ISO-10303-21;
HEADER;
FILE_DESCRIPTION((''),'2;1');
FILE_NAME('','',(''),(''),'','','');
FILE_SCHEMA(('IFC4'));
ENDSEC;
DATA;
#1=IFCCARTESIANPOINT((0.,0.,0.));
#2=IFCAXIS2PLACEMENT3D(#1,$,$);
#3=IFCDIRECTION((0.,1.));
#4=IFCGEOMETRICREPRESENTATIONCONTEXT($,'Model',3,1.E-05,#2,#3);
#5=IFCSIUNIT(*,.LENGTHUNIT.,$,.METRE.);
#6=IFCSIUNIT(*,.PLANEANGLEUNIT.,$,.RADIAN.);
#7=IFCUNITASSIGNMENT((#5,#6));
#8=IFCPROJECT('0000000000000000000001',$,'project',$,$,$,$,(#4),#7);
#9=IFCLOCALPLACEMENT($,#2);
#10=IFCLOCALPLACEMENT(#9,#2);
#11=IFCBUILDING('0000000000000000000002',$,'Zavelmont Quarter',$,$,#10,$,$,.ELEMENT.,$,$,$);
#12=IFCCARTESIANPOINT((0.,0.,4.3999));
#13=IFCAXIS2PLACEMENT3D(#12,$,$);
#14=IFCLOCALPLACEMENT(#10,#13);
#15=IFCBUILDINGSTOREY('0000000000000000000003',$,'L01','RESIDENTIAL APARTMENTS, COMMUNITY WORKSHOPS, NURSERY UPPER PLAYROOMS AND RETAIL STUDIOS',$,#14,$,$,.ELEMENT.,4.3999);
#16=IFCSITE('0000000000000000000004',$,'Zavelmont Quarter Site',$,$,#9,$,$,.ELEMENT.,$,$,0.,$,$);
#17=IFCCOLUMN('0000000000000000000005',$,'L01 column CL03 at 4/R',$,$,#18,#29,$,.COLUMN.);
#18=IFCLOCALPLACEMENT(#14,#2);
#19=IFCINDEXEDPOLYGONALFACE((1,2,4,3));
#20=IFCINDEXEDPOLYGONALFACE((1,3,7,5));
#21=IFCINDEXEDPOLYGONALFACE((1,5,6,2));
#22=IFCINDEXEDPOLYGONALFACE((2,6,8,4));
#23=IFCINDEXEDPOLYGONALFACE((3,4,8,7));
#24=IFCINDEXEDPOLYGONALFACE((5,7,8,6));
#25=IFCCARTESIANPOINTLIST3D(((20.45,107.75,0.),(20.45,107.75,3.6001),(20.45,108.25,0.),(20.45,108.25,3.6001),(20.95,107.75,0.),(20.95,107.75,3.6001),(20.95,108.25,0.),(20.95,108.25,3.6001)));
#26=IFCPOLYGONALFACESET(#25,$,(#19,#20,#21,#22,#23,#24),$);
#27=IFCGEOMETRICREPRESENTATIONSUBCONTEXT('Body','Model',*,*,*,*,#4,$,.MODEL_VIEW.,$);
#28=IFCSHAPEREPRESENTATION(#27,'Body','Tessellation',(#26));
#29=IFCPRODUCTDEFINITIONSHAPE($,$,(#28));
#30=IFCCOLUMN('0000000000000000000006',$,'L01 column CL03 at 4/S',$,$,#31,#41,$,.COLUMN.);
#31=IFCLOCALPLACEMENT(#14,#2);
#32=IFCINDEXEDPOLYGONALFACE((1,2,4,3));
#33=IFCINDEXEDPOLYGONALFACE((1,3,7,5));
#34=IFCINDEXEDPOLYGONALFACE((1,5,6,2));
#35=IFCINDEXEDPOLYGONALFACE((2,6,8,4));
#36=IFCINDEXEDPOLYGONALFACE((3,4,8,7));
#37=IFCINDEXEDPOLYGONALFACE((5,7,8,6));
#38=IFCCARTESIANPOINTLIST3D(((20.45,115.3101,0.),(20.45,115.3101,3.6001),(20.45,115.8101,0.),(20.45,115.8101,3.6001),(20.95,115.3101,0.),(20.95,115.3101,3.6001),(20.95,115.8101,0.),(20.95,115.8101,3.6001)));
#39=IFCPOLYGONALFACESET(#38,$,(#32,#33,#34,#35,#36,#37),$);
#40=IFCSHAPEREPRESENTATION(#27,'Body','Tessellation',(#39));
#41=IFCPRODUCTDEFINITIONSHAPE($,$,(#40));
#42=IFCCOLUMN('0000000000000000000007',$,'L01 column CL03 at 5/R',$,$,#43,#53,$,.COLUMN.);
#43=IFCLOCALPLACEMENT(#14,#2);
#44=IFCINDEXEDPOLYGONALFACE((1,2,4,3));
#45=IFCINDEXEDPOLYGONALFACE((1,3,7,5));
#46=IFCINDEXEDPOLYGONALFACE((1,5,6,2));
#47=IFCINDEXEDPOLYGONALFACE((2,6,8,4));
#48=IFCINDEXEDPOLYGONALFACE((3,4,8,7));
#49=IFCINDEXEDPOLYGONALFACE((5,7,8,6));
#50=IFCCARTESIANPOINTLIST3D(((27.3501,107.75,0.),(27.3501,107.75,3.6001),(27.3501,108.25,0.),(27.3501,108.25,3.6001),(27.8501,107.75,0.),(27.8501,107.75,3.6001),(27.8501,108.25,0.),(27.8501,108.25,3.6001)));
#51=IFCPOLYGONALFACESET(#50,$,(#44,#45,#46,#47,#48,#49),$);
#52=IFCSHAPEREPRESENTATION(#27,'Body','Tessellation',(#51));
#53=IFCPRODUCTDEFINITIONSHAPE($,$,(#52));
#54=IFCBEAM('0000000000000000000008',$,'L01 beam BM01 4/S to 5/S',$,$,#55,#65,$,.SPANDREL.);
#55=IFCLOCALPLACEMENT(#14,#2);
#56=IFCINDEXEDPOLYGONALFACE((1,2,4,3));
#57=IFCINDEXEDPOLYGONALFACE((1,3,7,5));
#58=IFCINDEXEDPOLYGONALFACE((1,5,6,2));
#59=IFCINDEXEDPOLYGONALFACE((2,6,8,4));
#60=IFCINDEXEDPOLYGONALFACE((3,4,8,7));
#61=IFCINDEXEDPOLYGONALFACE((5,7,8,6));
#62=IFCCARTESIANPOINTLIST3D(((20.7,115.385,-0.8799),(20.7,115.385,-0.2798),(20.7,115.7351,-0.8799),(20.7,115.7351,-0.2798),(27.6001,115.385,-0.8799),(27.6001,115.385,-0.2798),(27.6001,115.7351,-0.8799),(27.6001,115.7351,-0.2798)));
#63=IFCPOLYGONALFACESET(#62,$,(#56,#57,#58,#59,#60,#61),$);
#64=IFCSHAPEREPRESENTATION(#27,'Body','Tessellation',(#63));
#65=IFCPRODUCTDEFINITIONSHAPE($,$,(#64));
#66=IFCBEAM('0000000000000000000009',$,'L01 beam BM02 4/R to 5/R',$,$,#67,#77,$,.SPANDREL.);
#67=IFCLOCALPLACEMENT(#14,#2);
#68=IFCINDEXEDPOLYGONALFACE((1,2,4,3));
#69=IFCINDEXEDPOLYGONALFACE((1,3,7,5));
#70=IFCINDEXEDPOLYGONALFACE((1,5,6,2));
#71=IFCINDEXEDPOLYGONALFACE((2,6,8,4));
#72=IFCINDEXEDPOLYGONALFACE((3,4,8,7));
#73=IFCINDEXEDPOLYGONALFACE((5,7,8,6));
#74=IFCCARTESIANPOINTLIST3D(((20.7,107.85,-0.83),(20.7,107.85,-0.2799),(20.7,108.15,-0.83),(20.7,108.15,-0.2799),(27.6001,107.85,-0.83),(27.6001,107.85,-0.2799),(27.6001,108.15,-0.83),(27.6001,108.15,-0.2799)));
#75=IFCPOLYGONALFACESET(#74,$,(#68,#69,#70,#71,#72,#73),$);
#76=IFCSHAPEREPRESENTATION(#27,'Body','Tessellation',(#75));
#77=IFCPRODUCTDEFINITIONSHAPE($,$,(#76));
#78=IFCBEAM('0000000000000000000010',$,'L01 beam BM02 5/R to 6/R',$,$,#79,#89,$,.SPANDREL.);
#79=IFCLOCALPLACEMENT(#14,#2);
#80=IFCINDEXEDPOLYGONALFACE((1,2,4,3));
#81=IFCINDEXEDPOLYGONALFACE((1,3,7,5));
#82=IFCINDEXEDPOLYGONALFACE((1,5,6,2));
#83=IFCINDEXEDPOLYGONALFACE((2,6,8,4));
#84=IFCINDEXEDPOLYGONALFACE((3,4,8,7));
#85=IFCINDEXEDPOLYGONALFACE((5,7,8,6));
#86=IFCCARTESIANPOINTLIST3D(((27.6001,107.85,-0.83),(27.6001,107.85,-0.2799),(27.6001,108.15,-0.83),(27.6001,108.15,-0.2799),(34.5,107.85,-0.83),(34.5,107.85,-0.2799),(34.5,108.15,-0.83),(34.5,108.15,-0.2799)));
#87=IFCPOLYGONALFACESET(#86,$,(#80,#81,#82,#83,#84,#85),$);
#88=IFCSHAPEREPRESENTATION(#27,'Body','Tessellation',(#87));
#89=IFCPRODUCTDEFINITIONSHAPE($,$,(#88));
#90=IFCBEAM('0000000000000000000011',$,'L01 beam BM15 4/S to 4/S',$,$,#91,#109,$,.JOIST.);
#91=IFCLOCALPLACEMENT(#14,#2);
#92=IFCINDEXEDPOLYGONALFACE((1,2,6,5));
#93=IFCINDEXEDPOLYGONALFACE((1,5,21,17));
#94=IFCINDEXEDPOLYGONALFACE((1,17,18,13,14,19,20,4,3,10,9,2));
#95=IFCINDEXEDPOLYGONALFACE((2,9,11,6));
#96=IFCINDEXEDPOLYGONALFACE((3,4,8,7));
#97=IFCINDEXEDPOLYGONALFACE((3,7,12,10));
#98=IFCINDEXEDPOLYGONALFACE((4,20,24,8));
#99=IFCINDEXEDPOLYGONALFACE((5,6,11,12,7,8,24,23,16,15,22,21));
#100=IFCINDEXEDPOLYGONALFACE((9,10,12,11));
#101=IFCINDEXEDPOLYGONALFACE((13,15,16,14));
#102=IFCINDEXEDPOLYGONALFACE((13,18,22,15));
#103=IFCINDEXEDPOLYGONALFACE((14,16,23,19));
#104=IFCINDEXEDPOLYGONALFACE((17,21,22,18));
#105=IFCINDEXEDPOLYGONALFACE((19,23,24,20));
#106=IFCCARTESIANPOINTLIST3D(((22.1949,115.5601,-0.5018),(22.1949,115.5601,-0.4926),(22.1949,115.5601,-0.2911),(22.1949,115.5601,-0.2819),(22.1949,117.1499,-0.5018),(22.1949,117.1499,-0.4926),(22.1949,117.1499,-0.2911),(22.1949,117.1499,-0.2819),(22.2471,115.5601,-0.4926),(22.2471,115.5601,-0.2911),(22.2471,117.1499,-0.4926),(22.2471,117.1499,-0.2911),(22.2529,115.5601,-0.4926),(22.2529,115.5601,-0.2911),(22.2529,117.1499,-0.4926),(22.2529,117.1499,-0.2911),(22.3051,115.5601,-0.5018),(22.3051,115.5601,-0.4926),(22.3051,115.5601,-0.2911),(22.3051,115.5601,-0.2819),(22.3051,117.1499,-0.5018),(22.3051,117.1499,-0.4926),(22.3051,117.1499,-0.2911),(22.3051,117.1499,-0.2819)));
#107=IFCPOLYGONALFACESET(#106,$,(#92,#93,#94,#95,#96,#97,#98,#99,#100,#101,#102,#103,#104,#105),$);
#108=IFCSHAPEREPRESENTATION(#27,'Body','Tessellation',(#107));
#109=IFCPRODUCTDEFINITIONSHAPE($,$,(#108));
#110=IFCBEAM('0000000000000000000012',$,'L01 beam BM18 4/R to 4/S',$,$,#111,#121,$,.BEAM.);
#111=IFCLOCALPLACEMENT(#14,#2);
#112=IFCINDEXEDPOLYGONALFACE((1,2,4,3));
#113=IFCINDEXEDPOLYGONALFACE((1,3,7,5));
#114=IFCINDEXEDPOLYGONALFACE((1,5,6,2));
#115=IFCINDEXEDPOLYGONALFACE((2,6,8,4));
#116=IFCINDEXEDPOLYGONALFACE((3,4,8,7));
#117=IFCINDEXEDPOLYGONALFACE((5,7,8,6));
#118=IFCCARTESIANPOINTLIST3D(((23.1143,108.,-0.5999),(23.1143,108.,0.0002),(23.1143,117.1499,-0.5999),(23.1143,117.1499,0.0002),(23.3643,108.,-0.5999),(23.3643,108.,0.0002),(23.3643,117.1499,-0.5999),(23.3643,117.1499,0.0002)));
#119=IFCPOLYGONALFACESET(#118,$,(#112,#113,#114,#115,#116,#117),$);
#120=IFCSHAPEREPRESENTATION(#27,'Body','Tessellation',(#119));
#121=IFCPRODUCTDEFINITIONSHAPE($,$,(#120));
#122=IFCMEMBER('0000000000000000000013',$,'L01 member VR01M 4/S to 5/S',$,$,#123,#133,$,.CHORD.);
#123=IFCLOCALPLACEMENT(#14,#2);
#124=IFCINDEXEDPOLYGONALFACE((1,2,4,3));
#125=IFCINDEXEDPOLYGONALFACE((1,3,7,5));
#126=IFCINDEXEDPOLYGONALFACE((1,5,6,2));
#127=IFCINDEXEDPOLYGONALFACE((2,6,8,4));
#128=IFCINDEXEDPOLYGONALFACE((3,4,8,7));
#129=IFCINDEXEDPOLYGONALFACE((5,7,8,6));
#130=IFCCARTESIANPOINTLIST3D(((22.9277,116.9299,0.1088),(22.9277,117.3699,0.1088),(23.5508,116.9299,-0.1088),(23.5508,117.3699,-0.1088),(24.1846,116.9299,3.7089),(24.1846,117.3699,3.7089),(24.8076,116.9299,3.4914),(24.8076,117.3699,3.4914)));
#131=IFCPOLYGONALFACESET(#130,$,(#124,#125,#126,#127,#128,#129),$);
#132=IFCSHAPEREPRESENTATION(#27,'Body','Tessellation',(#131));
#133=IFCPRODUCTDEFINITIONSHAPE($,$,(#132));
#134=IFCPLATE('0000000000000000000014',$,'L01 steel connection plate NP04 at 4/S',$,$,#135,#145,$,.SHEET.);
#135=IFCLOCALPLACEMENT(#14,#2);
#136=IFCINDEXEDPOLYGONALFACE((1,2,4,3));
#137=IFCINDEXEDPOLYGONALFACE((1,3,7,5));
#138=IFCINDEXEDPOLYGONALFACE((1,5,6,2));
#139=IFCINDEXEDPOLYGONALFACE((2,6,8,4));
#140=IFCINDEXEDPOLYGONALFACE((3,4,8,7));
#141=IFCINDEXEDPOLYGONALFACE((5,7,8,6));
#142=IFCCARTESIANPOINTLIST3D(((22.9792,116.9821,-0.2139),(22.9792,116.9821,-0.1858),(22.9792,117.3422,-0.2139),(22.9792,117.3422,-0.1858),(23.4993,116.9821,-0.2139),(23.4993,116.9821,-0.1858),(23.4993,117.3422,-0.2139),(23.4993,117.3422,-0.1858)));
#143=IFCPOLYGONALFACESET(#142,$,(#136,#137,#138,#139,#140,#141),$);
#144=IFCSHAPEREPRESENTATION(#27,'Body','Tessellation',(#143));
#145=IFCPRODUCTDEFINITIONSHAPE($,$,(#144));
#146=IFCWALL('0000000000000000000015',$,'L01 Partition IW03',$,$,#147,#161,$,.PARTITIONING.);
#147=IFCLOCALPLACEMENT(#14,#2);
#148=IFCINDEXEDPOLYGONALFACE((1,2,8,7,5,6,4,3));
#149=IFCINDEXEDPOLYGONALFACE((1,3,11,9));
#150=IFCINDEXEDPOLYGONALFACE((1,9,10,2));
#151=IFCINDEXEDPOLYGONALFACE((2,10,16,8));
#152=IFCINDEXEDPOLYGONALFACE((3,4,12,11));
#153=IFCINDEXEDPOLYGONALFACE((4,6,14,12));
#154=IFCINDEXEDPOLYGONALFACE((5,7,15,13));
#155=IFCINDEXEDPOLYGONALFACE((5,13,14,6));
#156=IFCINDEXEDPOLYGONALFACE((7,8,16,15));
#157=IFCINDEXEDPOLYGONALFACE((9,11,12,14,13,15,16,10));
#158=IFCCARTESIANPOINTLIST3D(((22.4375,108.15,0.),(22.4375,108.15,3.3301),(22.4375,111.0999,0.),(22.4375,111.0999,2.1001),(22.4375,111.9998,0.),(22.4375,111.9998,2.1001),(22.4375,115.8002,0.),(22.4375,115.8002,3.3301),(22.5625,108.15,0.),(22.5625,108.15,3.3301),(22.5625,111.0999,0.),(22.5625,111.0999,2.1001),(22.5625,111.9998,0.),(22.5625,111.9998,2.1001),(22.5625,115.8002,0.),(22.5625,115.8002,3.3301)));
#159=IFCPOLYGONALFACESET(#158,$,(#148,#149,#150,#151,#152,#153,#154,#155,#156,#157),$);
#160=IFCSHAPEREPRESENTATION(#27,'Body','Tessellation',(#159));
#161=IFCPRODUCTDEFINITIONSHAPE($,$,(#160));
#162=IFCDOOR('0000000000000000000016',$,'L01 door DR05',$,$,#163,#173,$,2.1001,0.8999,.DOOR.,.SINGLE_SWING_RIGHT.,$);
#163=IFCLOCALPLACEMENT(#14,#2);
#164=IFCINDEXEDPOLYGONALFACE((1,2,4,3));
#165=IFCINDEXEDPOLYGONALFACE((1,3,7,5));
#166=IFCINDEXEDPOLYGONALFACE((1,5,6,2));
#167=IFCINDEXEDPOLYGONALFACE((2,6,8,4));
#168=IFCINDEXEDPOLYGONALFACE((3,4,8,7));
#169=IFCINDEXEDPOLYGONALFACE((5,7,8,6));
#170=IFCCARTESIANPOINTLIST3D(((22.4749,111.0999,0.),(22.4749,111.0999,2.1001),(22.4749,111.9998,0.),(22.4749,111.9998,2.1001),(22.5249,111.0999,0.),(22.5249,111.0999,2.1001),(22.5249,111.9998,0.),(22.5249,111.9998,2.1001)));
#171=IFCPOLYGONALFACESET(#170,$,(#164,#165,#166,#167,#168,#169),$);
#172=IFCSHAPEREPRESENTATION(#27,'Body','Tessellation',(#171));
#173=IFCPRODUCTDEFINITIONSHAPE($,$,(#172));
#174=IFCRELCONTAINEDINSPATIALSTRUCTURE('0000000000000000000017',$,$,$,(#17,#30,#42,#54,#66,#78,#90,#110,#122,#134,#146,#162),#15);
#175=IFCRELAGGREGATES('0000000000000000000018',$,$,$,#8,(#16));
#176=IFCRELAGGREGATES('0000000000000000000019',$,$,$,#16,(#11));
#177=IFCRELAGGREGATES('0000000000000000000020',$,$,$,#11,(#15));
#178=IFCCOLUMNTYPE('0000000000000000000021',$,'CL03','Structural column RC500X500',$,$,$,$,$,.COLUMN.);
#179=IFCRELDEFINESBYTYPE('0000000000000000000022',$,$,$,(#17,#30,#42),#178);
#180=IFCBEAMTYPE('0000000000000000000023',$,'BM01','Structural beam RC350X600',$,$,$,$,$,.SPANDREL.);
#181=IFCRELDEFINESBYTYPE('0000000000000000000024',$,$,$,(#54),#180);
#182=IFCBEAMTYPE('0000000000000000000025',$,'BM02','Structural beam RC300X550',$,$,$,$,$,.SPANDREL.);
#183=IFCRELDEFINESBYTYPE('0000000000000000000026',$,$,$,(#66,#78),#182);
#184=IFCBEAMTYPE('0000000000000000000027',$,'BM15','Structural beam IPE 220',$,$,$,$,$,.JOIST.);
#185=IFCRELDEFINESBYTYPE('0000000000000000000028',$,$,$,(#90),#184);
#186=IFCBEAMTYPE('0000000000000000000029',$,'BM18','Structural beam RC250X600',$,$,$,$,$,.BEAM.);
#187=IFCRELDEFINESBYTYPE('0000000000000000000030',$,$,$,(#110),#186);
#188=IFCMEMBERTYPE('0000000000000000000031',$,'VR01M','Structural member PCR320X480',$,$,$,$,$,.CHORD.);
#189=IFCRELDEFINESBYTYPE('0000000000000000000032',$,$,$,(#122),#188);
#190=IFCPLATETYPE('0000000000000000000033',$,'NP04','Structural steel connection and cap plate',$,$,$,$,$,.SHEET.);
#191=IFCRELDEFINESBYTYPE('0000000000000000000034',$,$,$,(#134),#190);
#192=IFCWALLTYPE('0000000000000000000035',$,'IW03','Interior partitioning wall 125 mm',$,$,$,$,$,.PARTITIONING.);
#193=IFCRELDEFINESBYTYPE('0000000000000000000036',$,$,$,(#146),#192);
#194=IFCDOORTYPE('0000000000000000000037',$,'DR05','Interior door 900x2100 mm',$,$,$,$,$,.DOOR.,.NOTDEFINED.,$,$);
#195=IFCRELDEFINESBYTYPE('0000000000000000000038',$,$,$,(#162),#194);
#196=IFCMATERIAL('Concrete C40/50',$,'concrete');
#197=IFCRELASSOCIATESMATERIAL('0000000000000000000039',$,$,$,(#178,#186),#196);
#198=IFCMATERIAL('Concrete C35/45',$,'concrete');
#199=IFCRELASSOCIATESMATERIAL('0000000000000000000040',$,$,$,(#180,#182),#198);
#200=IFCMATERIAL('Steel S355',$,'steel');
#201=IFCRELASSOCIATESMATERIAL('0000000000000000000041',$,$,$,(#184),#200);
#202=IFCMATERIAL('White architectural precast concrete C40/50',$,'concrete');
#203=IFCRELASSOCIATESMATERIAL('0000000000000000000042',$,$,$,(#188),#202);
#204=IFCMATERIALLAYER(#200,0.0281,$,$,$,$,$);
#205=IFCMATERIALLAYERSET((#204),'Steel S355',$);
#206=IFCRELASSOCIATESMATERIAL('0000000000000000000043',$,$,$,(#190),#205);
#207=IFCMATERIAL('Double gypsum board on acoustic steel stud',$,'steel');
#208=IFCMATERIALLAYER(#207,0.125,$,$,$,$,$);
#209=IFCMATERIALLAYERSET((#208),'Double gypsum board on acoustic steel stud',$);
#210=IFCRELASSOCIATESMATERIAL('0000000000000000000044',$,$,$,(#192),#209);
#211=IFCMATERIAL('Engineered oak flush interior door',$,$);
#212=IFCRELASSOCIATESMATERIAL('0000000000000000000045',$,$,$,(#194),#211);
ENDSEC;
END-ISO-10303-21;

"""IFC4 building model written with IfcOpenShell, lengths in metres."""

from ifc_helpers import new_model, si_unit, direction, frame, frame_2d, origin, origin_2d, place, context, subcontext, project, spatial, rectangle, i_section, extrude, material, layer, layer_set, material_profile, profile_set, type_object, element, fill, save


model = new_model("IFC4")

# Units and contexts
model_context = context("Model", 3, precision=1e-05, world=origin(), true_north=direction((0.0, 1.0)))
body_context = subcontext(model_context, "Body", "Model", "MODEL_VIEW")
ifc_project = project(units=[si_unit("LENGTHUNIT", "METRE"), si_unit("PLANEANGLEUNIT", "RADIAN")], contexts=[model_context])

# Site, building, storey
site_placement = place(None, origin())
site = spatial("IfcSite", under=ifc_project, at=site_placement, Name="Zavelmont Quarter Site", CompositionType="ELEMENT", RefElevation=0.0)
building_placement = place(site_placement, origin())
building = spatial("IfcBuilding", under=site, at=building_placement, Name="Zavelmont Quarter", CompositionType="ELEMENT")
storey_placement = place(building_placement, frame((0.0, 0.0, 4.3999)))
storey = spatial("IfcBuildingStorey", under=building, at=storey_placement, Name="L01", Description="RESIDENTIAL APARTMENTS, COMMUNITY WORKSHOPS, NURSERY UPPER PLAYROOMS AND RETAIL STUDIOS", CompositionType="ELEMENT", Elevation=4.3999)

# Columns
ifc_material_1 = material(Name="Concrete C40/50", Category="concrete")
ifc_material_profile_1 = material_profile(ifc_material_1, rectangle(XDim=0.5, YDim=0.5, at=origin_2d()), Name="RC500X500")
ifc_profile_set_1 = profile_set([ifc_material_profile_1], Name="Concrete C40/50")
column_type = type_object("IfcColumnType", Name="CL03", Description="Structural column RC500X500", PredefinedType="COLUMN", material=ifc_profile_set_1)
for number, where, z_axis, x_axis, name in (
    (1, (20.7, 108.0, 0.0), (0.0, 0.0, 1.0), (1.0, 0.0, 0.0), "L01 column CL03 at 4/R"),
    (2, (20.7, 115.5601, 0.0), (0.0, 0.0, 1.0), (1.0, 0.0, 0.0), "L01 column CL03 at 4/S"),
    (3, (27.6001, 108.0, 0.0), (0.0, 0.0, 1.0), (1.0, 0.0, 0.0), "L01 column CL03 at 5/R"),
):
    element("IfcColumn", number, at=place(storey_placement, frame(where, z_axis=z_axis, x_axis=x_axis)), inside=storey, type_object=column_type, Name=name, PredefinedType="COLUMN", context=body_context, shape_type="SweptSolid", body=[
        extrude(rectangle(XDim=0.5, YDim=0.5, at=origin_2d()), origin(), (0.0, 0.0, 1.0), 3.6001),
    ])

# Beams
ifc_material_2 = material(Name="Concrete C35/45", Category="concrete")
ifc_material_profile_2 = material_profile(ifc_material_2, rectangle(XDim=0.3501, YDim=0.6001, at=origin_2d()), Name="RC350X600")
ifc_profile_set_2 = profile_set([ifc_material_profile_2], Name="Concrete C35/45")
beam_type_1 = type_object("IfcBeamType", Name="BM01", Description="Structural beam RC350X600", PredefinedType="SPANDREL", material=ifc_profile_set_2)
beam_1_placement = place(storey_placement, frame((20.7, 115.5601, -0.5798), z_axis=(1.0, 0.0, 0.0), x_axis=(0.0, 1.0, 0.0)))
element("IfcBeam", 4, at=beam_1_placement, inside=storey, type_object=beam_type_1, Name="L01 beam BM01 4/S to 5/S", PredefinedType="SPANDREL", context=body_context, shape_type="SweptSolid", body=[
    extrude(rectangle(XDim=0.3501, YDim=0.6001, at=origin_2d()), origin(), (0.0, 0.0, 1.0), 6.9001),
])
ifc_material_profile_3 = material_profile(ifc_material_2, rectangle(XDim=0.3, YDim=0.55, at=origin_2d()), Name="RC300X550")
ifc_profile_set_3 = profile_set([ifc_material_profile_3], Name="Concrete C35/45")
beam_type_2 = type_object("IfcBeamType", Name="BM02", Description="Structural beam RC300X550", PredefinedType="SPANDREL", material=ifc_profile_set_3)
beam_2_placement = place(storey_placement, frame((20.7, 108.0, -0.5549), z_axis=(1.0, 0.0, 0.0), x_axis=(0.0, 1.0, 0.0)))
element("IfcBeam", 5, at=beam_2_placement, inside=storey, type_object=beam_type_2, Name="L01 beam BM02 4/R to 5/R", PredefinedType="SPANDREL", context=body_context, shape_type="SweptSolid", body=[
    extrude(rectangle(XDim=0.3, YDim=0.55, at=origin_2d()), origin(), (0.0, 0.0, 1.0), 6.9001),
])
beam_3_placement = place(storey_placement, frame((27.6001, 108.0, -0.5549), z_axis=(1.0, 0.0, 0.0), x_axis=(0.0, 1.0, 0.0)))
element("IfcBeam", 6, at=beam_3_placement, inside=storey, type_object=beam_type_2, Name="L01 beam BM02 5/R to 6/R", PredefinedType="SPANDREL", context=body_context, shape_type="SweptSolid", body=[
    extrude(rectangle(XDim=0.3, YDim=0.55, at=origin_2d()), origin(), (0.0, 0.0, 1.0), 6.8999),
])
ifc_material_3 = material(Name="Steel S355", Category="steel")
ifc_material_profile_4 = material_profile(ifc_material_3, i_section(OverallWidth=0.1101, OverallDepth=0.22, WebThickness=0.0059, FlangeThickness=0.0093, at=origin_2d()), Name="IPE 220")
ifc_profile_set_4 = profile_set([ifc_material_profile_4], Name="Steel S355")
beam_type_3 = type_object("IfcBeamType", Name="BM15", Description="Structural beam IPE 220", PredefinedType="JOIST", material=ifc_profile_set_4)
beam_4_placement = place(storey_placement, frame((22.25, 115.5601, -0.3918), z_axis=(0.0, 1.0, 0.0), x_axis=(-1.0, 0.0, 0.0)))
element("IfcBeam", 7, at=beam_4_placement, inside=storey, type_object=beam_type_3, Name="L01 beam BM15 4/S to 4/S", PredefinedType="JOIST", context=body_context, shape_type="SweptSolid", body=[
    extrude(i_section(OverallWidth=0.1101, OverallDepth=0.22, WebThickness=0.0059, FlangeThickness=0.0093, at=origin_2d()), origin(), (0.0, 0.0, 1.0), 1.5898),
])
ifc_material_profile_5 = material_profile(ifc_material_1, rectangle(XDim=0.25, YDim=0.6001, at=origin_2d()), Name="RC250X600")
ifc_profile_set_5 = profile_set([ifc_material_profile_5], Name="Concrete C40/50")
beam_type_4 = type_object("IfcBeamType", Name="BM18", Description="Structural beam RC250X600", PredefinedType="BEAM", material=ifc_profile_set_5)
beam_5_placement = place(storey_placement, frame((23.2393, 108.0, -0.2998), z_axis=(0.0, 1.0, 0.0), x_axis=(-1.0, 0.0, 0.0)))
element("IfcBeam", 8, at=beam_5_placement, inside=storey, type_object=beam_type_4, Name="L01 beam BM18 4/R to 4/S", PredefinedType="BEAM", context=body_context, shape_type="SweptSolid", body=[
    extrude(rectangle(XDim=0.25, YDim=0.6001, at=origin_2d()), origin(), (0.0, 0.0, 1.0), 9.1499),
])

# Member
ifc_material_4 = material(Name="White architectural precast concrete C40/50", Category="concrete")
ifc_material_profile_6 = material_profile(ifc_material_4, rectangle(XDim=0.4399, YDim=0.6599, at=origin_2d()), Name="PCR320X480")
ifc_profile_set_6 = profile_set([ifc_material_profile_6], Name="White architectural precast concrete C40/50")
member_type = type_object("IfcMemberType", Name="VR01M", Description="Structural member PCR320X480", PredefinedType="CHORD", material=ifc_profile_set_6)
member_placement = place(storey_placement, frame((23.2393, 117.1499, 0.0), z_axis=(0.329603, 0.0, 0.94412), x_axis=(0.0, 1.0, 0.0)))
element("IfcMember", 9, at=member_placement, inside=storey, type_object=member_type, Name="L01 member VR01M 4/S to 5/S", PredefinedType="CHORD", context=body_context, shape_type="SweptSolid", body=[
    extrude(rectangle(XDim=0.4399, YDim=0.6599, at=origin_2d()), origin(), (0.0, 0.0, 1.0), 3.8132),
])

# Plate
ifc_layer_1 = layer(ifc_material_3, 0.0281)
ifc_layer_set_1 = layer_set([ifc_layer_1], Name="Steel S355")
plate_type = type_object("IfcPlateType", Name="NP04", Description="Structural steel connection and cap plate", PredefinedType="SHEET", material=ifc_layer_set_1)
plate_placement = place(storey_placement, frame((23.2393, 117.1621, -0.2139), z_axis=(0.0, 0.0, 1.0), x_axis=(1.0, 0.0, 0.0)))
element("IfcPlate", 10, at=plate_placement, inside=storey, type_object=plate_type, Name="L01 steel connection plate NP04 at 4/S", PredefinedType="SHEET", context=body_context, shape_type="SweptSolid", body=[
    extrude(rectangle(XDim=0.52, YDim=0.3601, at=origin_2d()), origin(), (0.0, 0.0, 1.0), 0.0281),
])

# Wall, opening, door
ifc_material_5 = material(Name="Double gypsum board on acoustic steel stud", Category="steel")
ifc_layer_2 = layer(ifc_material_5, 0.125)
ifc_layer_set_2 = layer_set([ifc_layer_2], Name="Double gypsum board on acoustic steel stud")
wall_type = type_object("IfcWallType", Name="IW03", Description="Interior partitioning wall 125 mm", PredefinedType="PARTITIONING", material=ifc_layer_set_2)
wall_placement = place(storey_placement, frame((22.5, 108.1499, 0.0), z_axis=(0.0, 0.0, 1.0), x_axis=(0.0, 1.0, 0.0)))
wall = element("IfcWall", 11, at=wall_placement, inside=storey, type_object=wall_type, Name="L01 Partition IW03", PredefinedType="PARTITIONING", context=body_context, shape_type="SweptSolid", body=[
    extrude(rectangle(XDim=7.6501, YDim=0.125, at=frame_2d((3.8252, 0.0))), origin(), (0.0, 0.0, 1.0), 3.3301),
])
opening_placement = place(wall_placement, frame((2.95, 0.0, 0.0)))
opening = element("IfcOpeningElement", 12, at=opening_placement, cuts=wall, PredefinedType="OPENING", context=body_context, shape_type="SweptSolid", body=[
    extrude(rectangle(XDim=0.8999, YDim=2.1001, at=frame_2d((0.45, 1.05))), frame((0.0, 0.0745, 0.0), z_axis=(0.0, -1.0, 0.0), x_axis=(1.0, 0.0, 0.0)), (0.0, 0.0, 1.0), 0.1489),
])
ifc_material_6 = material(Name="Engineered oak flush interior door")
door_type = type_object("IfcDoorType", Name="DR05", Description="Interior door 900x2100 mm", OperationType="NOTDEFINED", PredefinedType="DOOR", material=ifc_material_6)
door_placement = place(opening_placement, frame((0.8999, 0.0, 0.0), z_axis=(0.0, 0.0, 1.0), x_axis=(-1.0, 0.0, 0.0)))
door = element("IfcDoor", 13, at=door_placement, inside=storey, type_object=door_type, Name="L01 door DR05", OperationType="SINGLE_SWING_RIGHT", OverallHeight=2.1001, OverallWidth=0.8999, PredefinedType="DOOR", context=body_context, shape_type="SweptSolid", body=[
    extrude(rectangle(XDim=0.8999, YDim=2.1001, at=frame_2d((0.45, 1.05))), frame((0.0, 0.0249, 0.0), z_axis=(0.0, -1.0, 0.0), x_axis=(1.0, 0.0, 0.0)), (0.0, 0.0, 1.0), 0.05),
])
fill(opening, door)

save(model, "model.ifc")
